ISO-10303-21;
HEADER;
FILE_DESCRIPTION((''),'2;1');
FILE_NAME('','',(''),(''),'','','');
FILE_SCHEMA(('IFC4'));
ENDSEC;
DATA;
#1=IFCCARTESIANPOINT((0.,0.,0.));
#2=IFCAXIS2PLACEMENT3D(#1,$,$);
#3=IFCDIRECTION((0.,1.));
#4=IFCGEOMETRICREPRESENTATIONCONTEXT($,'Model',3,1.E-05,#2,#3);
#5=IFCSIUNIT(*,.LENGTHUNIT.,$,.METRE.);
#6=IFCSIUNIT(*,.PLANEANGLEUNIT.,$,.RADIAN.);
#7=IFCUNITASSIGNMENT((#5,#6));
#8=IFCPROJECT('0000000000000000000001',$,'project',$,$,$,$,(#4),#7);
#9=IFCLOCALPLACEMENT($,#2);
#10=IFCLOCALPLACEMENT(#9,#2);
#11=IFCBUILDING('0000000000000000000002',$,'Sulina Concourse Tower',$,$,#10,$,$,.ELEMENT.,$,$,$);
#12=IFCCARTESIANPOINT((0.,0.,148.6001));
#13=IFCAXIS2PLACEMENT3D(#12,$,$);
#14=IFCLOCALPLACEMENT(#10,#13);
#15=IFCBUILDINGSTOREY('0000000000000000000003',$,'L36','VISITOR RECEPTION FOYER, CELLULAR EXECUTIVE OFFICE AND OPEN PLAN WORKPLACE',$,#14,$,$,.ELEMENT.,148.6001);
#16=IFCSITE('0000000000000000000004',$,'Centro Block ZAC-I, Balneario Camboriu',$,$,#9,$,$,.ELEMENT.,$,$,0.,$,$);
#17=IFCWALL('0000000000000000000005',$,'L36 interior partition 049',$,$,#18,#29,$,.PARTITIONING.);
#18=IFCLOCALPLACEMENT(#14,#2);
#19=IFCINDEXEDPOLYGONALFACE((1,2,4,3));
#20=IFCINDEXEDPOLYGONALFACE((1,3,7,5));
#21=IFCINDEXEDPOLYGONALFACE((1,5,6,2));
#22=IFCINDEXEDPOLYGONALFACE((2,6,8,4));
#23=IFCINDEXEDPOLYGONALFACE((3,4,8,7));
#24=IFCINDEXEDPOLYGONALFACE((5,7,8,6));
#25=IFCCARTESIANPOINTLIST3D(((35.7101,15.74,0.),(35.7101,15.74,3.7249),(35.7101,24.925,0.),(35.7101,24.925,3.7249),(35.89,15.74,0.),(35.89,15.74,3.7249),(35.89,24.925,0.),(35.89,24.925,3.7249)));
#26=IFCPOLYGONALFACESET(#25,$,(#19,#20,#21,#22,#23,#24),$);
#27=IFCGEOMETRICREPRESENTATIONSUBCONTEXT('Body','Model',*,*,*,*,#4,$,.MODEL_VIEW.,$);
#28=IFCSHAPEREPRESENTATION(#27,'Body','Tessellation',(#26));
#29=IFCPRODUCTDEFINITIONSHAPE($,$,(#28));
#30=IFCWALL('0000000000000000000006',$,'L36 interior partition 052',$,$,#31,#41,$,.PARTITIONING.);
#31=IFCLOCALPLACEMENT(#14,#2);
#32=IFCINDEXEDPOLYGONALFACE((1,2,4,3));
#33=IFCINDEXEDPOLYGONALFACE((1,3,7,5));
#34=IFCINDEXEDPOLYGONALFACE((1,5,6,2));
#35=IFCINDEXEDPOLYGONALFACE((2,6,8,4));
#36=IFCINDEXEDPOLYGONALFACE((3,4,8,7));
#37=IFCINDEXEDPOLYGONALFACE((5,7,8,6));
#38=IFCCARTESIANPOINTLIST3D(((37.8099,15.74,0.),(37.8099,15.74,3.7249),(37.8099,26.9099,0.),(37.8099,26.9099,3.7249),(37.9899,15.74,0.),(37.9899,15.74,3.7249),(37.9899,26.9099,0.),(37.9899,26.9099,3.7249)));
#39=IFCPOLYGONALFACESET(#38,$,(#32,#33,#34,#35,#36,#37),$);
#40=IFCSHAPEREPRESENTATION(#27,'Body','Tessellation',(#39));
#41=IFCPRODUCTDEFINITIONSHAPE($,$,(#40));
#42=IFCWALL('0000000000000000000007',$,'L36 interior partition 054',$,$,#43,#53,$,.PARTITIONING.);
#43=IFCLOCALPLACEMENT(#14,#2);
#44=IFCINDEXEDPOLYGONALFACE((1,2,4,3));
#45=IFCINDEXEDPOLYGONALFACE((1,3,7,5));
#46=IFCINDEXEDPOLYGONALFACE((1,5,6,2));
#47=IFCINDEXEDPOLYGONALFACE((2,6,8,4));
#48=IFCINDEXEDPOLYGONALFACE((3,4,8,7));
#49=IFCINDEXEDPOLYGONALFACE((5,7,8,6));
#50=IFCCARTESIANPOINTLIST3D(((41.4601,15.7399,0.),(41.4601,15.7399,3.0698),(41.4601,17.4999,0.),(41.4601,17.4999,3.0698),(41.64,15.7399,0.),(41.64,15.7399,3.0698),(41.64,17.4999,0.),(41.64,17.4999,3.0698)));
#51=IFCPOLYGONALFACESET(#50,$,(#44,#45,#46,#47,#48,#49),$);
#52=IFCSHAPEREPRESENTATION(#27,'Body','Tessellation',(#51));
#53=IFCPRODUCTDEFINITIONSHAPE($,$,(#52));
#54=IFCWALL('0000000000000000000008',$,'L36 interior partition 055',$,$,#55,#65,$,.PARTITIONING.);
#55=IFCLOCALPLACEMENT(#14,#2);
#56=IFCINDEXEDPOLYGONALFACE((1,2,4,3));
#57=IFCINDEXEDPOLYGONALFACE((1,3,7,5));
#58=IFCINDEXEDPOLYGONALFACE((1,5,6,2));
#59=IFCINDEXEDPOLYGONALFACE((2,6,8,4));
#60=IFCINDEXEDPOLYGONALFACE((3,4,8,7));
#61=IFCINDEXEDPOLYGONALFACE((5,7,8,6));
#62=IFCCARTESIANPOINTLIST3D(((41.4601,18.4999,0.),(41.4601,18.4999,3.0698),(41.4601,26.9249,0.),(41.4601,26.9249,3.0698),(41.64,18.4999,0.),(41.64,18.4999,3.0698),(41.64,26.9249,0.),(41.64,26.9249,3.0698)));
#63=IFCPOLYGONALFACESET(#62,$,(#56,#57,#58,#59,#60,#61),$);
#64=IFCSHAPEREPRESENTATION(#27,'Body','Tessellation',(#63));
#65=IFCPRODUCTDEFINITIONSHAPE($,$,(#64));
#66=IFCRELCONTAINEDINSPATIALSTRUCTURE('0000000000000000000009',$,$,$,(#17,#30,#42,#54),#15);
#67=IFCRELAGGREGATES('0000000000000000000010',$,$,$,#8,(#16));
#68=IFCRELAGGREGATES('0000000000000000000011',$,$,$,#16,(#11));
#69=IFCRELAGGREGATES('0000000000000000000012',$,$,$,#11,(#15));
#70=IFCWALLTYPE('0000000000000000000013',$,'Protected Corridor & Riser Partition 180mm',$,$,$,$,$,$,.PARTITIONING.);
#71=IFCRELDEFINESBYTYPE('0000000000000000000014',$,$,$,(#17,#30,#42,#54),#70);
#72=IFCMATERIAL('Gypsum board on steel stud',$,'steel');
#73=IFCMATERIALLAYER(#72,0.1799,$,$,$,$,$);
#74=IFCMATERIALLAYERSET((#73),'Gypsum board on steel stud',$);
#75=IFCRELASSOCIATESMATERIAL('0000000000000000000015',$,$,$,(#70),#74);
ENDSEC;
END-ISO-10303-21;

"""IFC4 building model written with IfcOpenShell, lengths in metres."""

from ifc_helpers import new_model, si_unit, direction, frame, frame_2d, origin, place, context, subcontext, project, spatial, rectangle, extrude, material, layer, layer_set, type_object, element, save


model = new_model("IFC4")

# Units and contexts
model_context = context("Model", 3, precision=1e-05, world=origin(), true_north=direction((0.0, 1.0)))
body_context = subcontext(model_context, "Body", "Model", "MODEL_VIEW")
ifc_project = project(units=[si_unit("LENGTHUNIT", "METRE"), si_unit("PLANEANGLEUNIT", "RADIAN")], contexts=[model_context])

# Site, building, storey
site_placement = place(None, origin())
site = spatial("IfcSite", under=ifc_project, at=site_placement, Name="Centro Block ZAC-I, Balneario Camboriu", CompositionType="ELEMENT", RefElevation=0.0)
building_placement = place(site_placement, origin())
building = spatial("IfcBuilding", under=site, at=building_placement, Name="Sulina Concourse Tower", CompositionType="ELEMENT")
storey_placement = place(building_placement, frame((0.0, 0.0, 148.6001)))
storey = spatial("IfcBuildingStorey", under=building, at=storey_placement, Name="L36", Description="VISITOR RECEPTION FOYER, CELLULAR EXECUTIVE OFFICE AND OPEN PLAN WORKPLACE", CompositionType="ELEMENT", Elevation=148.6001)

# Shared definitions
ifc_material_1 = material(Name="Gypsum board on steel stud", Category="steel")
ifc_layer_1 = layer(ifc_material_1, 0.1799)
ifc_layer_set_1 = layer_set([ifc_layer_1], Name="Gypsum board on steel stud")
wall_type = type_object("IfcWallType", Name="Protected Corridor & Riser Partition 180mm", PredefinedType="PARTITIONING", material=ifc_layer_set_1)

# Wall
wall_1_placement = place(storey_placement, frame((35.8, 15.74, 0.0), z_axis=(0.0, 0.0, 1.0), x_axis=(0.0, 1.0, 0.0)))
element("IfcWall", 1, at=wall_1_placement, inside=storey, type_object=wall_type, Name="L36 interior partition 049", PredefinedType="PARTITIONING", context=body_context, shape_type="SweptSolid", body=[
    extrude(rectangle(XDim=9.1851, YDim=0.1799, at=frame_2d((4.5925, 0.0))), origin(), (0.0, 0.0, 1.0), 3.7249),
])

# Walls
wall_2_placement = place(storey_placement, frame((37.8999, 15.74, 0.0), z_axis=(0.0, 0.0, 1.0), x_axis=(0.0, 1.0, 0.0)))
element("IfcWall", 2, at=wall_2_placement, inside=storey, type_object=wall_type, Name="L36 interior partition 052", PredefinedType="PARTITIONING", context=body_context, shape_type="SweptSolid", body=[
    extrude(rectangle(XDim=11.1699, YDim=0.1799, at=frame_2d((5.585, 0.0))), origin(), (0.0, 0.0, 1.0), 3.7249),
])
wall_3_placement = place(storey_placement, frame((41.55, 15.74, 0.0), z_axis=(0.0, 0.0, 1.0), x_axis=(0.0, 1.0, 0.0)))
element("IfcWall", 3, at=wall_3_placement, inside=storey, type_object=wall_type, Name="L36 interior partition 054", PredefinedType="PARTITIONING", context=body_context, shape_type="SweptSolid", body=[
    extrude(rectangle(XDim=1.76, YDim=0.1799, at=frame_2d((0.8799, 0.0))), origin(), (0.0, 0.0, 1.0), 3.0698),
])
wall_4_placement = place(storey_placement, frame((41.55, 18.5, 0.0), z_axis=(0.0, 0.0, 1.0), x_axis=(0.0, 1.0, 0.0)))
element("IfcWall", 4, at=wall_4_placement, inside=storey, type_object=wall_type, Name="L36 interior partition 055", PredefinedType="PARTITIONING", context=body_context, shape_type="SweptSolid", body=[
    extrude(rectangle(XDim=8.425, YDim=0.1799, at=frame_2d((4.2124, 0.0))), origin(), (0.0, 0.0, 1.0), 3.0698),
])

save(model, "model.ifc")
